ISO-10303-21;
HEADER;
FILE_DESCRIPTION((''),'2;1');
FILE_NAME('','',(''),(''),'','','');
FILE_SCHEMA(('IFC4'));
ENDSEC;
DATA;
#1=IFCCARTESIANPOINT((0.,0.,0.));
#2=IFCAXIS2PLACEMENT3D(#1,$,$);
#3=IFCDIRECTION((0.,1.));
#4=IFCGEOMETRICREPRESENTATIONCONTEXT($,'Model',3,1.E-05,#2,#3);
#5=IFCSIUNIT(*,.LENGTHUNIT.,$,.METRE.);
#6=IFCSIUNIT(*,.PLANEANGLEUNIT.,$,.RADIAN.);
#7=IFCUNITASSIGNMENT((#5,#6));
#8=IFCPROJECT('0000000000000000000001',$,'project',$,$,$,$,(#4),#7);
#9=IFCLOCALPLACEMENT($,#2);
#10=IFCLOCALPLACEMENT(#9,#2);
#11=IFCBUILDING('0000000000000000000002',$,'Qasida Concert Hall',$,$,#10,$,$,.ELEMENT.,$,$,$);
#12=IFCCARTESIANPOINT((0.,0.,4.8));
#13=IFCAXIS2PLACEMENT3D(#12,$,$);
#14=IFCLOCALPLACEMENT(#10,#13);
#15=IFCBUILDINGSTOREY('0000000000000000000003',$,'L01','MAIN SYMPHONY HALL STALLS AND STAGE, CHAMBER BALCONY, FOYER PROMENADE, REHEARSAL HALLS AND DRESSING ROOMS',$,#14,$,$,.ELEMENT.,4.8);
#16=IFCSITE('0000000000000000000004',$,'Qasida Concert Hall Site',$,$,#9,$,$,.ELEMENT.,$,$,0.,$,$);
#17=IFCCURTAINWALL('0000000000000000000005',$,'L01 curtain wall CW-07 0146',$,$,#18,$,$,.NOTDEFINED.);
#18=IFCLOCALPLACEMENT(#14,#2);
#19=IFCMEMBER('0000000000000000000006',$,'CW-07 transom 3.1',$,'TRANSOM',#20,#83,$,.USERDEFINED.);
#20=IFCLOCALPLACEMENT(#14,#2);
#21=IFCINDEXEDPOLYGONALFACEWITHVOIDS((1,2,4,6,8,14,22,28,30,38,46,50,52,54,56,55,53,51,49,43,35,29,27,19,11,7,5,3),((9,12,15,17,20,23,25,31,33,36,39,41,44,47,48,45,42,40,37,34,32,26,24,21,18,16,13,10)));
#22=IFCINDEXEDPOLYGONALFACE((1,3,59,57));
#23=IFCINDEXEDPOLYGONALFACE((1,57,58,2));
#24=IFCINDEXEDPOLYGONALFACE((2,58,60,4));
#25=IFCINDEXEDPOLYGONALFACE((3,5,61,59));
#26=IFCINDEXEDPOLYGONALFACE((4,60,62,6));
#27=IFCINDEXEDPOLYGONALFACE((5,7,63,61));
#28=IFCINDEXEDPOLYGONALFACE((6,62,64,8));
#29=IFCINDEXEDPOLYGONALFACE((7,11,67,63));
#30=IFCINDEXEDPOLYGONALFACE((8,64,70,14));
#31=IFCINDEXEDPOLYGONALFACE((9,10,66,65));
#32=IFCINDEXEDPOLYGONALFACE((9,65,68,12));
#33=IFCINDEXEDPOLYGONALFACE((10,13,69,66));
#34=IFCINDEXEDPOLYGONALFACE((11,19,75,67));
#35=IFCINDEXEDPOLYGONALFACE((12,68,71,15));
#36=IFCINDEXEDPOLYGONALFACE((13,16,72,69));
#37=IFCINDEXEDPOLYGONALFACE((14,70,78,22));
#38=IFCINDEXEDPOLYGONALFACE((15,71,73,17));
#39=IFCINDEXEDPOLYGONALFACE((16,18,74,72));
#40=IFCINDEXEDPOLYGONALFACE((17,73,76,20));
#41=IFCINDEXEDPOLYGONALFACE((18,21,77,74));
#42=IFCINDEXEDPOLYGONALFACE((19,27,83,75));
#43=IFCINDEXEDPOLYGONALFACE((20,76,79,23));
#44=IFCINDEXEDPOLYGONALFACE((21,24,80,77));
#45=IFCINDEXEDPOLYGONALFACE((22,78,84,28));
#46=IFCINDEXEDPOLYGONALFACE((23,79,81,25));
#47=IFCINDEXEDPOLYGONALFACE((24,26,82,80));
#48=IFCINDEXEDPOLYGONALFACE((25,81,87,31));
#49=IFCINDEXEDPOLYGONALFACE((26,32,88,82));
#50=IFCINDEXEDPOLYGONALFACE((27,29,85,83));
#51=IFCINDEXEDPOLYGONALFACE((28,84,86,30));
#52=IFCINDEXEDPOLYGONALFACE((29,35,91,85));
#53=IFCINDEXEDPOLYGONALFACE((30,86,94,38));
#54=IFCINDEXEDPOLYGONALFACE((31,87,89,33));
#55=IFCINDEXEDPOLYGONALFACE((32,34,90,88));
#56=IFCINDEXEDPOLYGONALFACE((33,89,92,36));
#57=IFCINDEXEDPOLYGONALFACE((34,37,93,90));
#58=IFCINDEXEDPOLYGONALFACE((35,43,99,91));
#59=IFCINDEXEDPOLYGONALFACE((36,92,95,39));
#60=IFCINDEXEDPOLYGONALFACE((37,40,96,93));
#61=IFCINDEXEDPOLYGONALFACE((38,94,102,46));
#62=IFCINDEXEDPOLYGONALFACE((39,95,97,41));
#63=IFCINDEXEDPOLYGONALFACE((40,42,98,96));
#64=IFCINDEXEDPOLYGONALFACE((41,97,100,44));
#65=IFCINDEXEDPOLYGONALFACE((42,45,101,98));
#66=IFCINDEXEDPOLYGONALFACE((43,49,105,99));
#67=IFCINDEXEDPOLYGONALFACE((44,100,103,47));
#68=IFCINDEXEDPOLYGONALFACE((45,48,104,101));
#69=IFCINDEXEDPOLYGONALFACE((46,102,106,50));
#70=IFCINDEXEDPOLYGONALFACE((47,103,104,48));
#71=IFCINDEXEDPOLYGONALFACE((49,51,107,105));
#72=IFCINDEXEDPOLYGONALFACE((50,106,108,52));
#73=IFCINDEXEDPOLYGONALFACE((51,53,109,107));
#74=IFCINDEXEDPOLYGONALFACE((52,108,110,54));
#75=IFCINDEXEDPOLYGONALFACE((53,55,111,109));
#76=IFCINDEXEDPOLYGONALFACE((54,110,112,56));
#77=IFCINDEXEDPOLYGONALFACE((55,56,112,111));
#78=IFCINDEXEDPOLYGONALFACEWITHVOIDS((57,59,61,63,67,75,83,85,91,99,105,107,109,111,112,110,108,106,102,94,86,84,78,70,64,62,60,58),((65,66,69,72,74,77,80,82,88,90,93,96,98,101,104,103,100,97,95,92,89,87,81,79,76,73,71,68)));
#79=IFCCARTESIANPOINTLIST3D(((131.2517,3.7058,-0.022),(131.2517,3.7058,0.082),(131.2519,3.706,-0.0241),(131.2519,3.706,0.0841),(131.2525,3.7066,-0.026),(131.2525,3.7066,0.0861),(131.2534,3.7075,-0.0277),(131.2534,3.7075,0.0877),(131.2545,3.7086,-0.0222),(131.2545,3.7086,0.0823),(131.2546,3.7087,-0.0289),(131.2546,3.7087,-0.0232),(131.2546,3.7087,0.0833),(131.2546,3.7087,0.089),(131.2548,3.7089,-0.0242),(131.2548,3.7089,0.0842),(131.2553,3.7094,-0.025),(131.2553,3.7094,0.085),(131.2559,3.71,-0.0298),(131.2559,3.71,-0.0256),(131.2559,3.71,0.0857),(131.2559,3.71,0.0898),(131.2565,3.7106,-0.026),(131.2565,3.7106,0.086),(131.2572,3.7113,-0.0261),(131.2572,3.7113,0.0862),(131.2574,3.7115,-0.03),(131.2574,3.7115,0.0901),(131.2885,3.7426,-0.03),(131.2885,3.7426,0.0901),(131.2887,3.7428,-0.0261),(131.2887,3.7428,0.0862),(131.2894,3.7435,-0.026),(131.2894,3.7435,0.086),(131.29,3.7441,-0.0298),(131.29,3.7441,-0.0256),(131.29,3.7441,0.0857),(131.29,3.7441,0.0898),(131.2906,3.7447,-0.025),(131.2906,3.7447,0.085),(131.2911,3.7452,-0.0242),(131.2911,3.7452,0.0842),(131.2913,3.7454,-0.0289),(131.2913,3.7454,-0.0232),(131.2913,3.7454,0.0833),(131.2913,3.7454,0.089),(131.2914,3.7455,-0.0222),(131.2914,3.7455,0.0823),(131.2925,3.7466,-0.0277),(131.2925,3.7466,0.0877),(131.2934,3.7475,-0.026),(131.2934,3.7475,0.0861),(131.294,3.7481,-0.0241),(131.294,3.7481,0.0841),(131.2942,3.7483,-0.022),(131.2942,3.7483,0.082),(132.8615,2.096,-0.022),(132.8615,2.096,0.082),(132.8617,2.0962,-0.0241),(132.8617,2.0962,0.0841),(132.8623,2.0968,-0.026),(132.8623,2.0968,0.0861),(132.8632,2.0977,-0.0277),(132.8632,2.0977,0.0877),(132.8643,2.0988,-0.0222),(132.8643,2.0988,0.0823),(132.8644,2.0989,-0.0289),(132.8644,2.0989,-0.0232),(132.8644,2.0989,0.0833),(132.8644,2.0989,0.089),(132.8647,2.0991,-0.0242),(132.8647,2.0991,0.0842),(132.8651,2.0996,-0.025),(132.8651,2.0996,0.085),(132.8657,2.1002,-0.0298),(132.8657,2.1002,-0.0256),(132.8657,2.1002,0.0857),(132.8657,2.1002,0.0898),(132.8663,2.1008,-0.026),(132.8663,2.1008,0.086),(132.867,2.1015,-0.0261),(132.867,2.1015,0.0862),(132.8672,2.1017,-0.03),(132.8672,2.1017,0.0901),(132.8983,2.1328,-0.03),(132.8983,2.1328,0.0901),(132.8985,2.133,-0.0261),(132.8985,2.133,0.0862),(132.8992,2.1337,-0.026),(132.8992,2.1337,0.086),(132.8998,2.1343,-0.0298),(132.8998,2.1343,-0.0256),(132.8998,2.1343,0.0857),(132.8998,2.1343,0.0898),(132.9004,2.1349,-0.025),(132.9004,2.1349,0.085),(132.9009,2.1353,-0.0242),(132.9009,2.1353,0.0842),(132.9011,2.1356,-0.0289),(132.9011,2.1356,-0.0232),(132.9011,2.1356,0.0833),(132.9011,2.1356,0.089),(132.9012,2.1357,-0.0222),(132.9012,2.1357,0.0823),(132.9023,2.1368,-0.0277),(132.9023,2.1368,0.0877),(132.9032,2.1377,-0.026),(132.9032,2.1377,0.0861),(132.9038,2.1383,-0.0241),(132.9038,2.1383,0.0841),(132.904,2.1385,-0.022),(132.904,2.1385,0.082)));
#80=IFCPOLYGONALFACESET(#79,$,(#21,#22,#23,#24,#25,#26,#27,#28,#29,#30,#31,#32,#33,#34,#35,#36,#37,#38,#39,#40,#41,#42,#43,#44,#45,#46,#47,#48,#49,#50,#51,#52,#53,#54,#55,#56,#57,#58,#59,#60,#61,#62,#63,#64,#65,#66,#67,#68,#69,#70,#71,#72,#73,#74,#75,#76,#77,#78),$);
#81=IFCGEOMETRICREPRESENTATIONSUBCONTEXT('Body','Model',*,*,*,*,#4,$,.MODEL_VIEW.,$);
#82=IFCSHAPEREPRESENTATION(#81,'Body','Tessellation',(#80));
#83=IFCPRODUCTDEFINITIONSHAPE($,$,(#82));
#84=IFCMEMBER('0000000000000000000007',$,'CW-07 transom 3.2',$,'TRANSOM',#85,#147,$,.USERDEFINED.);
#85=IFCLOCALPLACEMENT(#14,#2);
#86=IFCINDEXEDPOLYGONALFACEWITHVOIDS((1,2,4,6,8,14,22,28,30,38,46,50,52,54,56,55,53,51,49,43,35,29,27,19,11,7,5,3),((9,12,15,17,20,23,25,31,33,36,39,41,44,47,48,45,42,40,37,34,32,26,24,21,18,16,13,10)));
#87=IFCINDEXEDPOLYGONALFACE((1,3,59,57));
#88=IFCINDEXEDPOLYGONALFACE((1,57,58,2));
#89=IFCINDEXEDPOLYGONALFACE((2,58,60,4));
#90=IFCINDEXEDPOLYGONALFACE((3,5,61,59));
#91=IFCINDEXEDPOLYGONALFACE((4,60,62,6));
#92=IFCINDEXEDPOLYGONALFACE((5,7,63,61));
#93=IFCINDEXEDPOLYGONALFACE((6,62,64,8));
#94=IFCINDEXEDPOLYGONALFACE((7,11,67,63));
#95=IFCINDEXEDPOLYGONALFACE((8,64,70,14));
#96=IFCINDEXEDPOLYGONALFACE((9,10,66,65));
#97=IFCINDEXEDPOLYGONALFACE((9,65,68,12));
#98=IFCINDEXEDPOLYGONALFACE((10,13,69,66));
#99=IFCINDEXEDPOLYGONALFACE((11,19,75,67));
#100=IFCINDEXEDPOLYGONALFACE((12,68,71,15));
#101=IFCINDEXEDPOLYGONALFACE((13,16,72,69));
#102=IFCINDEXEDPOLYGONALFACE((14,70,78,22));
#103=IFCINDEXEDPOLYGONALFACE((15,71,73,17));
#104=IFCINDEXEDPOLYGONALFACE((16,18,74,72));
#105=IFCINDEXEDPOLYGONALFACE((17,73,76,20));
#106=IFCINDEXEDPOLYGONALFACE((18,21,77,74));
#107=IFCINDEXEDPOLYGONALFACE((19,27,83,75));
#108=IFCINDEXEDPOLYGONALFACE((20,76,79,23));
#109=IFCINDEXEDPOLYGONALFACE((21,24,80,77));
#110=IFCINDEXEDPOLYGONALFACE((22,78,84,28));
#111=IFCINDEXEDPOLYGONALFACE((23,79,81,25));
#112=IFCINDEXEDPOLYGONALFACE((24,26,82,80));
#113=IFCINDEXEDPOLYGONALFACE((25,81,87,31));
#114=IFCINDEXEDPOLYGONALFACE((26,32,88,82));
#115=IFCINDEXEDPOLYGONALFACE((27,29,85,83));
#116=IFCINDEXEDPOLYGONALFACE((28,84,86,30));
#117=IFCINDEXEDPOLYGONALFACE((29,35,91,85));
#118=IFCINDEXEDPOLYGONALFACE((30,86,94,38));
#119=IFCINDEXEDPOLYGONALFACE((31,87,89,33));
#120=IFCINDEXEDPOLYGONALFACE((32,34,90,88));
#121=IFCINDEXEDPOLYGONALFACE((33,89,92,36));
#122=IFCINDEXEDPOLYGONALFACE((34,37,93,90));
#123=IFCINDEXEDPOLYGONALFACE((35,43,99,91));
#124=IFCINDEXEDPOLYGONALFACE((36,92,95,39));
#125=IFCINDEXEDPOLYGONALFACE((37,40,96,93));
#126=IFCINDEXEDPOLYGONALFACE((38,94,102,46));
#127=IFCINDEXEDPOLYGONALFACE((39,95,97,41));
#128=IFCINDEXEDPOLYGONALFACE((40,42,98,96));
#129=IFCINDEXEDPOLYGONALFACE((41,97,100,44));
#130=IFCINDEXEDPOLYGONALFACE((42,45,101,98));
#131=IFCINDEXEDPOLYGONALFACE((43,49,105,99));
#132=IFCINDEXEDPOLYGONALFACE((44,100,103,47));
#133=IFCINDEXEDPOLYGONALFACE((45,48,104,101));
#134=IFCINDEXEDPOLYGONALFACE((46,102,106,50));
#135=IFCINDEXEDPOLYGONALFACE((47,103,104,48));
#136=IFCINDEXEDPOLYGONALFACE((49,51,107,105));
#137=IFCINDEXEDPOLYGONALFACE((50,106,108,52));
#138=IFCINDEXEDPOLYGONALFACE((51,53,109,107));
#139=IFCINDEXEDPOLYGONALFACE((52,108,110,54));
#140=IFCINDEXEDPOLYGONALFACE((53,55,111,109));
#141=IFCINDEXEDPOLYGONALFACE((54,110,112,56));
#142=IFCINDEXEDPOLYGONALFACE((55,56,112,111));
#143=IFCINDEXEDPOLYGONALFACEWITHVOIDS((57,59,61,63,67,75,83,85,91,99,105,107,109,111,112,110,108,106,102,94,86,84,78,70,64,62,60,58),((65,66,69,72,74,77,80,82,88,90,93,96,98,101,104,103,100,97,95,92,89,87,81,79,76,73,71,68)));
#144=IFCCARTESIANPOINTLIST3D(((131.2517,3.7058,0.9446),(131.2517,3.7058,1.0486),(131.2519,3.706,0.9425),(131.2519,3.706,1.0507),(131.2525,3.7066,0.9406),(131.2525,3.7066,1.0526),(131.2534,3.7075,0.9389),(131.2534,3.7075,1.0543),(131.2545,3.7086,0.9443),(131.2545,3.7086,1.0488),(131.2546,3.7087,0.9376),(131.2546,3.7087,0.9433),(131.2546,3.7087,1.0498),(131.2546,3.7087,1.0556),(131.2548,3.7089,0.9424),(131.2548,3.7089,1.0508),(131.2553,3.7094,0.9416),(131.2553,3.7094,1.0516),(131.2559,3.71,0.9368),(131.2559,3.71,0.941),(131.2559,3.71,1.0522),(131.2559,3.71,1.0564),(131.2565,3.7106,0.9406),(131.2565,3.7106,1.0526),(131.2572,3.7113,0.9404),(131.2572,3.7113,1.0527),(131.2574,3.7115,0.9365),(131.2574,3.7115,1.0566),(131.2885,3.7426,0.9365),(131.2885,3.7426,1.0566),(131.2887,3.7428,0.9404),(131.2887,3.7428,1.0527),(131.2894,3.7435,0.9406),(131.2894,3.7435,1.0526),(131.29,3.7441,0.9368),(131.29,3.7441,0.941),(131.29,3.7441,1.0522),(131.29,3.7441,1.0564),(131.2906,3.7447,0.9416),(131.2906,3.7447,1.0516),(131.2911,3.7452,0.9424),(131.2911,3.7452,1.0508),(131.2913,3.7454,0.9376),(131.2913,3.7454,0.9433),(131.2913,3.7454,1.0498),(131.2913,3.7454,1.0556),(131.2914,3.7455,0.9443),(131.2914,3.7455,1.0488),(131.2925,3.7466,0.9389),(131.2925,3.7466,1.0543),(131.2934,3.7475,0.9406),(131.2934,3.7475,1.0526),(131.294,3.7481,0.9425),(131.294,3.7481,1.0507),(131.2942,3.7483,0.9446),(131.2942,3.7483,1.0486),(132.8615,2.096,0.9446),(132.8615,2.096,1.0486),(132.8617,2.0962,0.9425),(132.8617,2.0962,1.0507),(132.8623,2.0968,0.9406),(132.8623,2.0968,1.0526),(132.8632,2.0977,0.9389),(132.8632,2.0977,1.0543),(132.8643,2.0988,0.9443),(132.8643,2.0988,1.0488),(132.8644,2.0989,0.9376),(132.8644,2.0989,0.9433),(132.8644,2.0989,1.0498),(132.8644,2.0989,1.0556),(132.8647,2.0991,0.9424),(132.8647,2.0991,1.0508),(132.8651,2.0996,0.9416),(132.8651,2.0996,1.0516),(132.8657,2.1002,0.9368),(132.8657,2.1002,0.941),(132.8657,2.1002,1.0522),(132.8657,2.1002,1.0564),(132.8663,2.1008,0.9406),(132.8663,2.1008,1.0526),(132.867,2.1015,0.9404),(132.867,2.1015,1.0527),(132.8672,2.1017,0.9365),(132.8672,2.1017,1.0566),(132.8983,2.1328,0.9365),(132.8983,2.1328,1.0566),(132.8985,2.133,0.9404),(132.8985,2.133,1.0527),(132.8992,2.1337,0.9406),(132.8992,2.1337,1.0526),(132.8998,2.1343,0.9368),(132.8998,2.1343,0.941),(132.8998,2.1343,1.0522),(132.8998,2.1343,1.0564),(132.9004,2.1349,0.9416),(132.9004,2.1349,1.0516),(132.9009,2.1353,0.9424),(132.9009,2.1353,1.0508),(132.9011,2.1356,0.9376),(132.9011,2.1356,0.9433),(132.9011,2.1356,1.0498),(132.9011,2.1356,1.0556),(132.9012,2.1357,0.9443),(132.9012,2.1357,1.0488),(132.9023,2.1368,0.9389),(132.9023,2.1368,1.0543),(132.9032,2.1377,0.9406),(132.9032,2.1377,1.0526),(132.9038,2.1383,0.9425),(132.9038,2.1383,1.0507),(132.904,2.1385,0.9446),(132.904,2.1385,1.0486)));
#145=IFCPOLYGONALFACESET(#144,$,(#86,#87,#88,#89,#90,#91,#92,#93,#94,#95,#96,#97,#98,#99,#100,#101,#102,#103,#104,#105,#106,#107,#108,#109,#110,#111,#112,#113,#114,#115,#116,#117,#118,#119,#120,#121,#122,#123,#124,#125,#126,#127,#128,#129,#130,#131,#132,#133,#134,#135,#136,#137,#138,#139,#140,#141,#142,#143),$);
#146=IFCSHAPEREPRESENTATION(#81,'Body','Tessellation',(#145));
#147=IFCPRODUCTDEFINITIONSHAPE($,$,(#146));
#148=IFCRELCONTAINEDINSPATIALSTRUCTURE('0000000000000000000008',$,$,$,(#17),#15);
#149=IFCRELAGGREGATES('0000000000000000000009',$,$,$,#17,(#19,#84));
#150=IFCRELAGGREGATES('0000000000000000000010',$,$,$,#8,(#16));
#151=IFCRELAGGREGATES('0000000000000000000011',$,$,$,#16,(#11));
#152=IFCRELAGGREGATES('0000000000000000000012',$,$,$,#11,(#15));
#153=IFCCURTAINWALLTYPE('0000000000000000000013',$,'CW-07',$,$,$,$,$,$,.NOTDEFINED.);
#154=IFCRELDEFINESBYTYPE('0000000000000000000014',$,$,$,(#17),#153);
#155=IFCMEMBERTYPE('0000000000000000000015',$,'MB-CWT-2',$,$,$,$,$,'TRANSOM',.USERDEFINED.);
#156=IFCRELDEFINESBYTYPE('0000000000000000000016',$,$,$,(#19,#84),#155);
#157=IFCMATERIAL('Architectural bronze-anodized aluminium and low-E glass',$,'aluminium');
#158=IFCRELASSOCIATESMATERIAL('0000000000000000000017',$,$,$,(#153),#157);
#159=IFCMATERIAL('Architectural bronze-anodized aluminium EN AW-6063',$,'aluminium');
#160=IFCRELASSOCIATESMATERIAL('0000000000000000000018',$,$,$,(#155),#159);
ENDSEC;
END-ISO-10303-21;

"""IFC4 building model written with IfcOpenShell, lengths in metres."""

from ifc_helpers import new_model, si_unit, direction, frame, origin, origin_2d, place, context, subcontext, project, spatial, hollow_rectangle, extrude, material, material_profile, profile_set, type_object, element, aggregate, save


model = new_model("IFC4")

# Units and contexts
model_context = context("Model", 3, precision=1e-05, world=origin(), true_north=direction((0.0, 1.0)))
body_context = subcontext(model_context, "Body", "Model", "MODEL_VIEW")
ifc_project = project(units=[si_unit("LENGTHUNIT", "METRE"), si_unit("PLANEANGLEUNIT", "RADIAN")], contexts=[model_context])

# Site, building, storey
site_placement = place(None, origin())
site = spatial("IfcSite", under=ifc_project, at=site_placement, Name="Qasida Concert Hall Site", CompositionType="ELEMENT", RefElevation=0.0)
building_placement = place(site_placement, origin())
building = spatial("IfcBuilding", under=site, at=building_placement, Name="Qasida Concert Hall", CompositionType="ELEMENT")
storey_placement = place(building_placement, frame((0.0, 0.0, 4.8)))
storey = spatial("IfcBuildingStorey", under=building, at=storey_placement, Name="L01", Description="MAIN SYMPHONY HALL STALLS AND STAGE, CHAMBER BALCONY, FOYER PROMENADE, REHEARSAL HALLS AND DRESSING ROOMS", CompositionType="ELEMENT", Elevation=4.8)

# Curtain wall, members
ifc_material_1 = material(Name="Architectural bronze-anodized aluminium and low-E glass", Category="aluminium")
curtain_wall_type = type_object("IfcCurtainWallType", Name="CW-07", PredefinedType="NOTDEFINED", material=ifc_material_1)
curtain_wall_placement = place(storey_placement, origin())
curtain_wall = element("IfcCurtainWall", 1, at=curtain_wall_placement, inside=storey, type_object=curtain_wall_type, Name="L01 curtain wall CW-07 0146", PredefinedType="NOTDEFINED")
ifc_material_2 = material(Name="Architectural bronze-anodized aluminium EN AW-6063", Category="aluminium")
ifc_material_profile_1 = material_profile(ifc_material_2, hollow_rectangle(XDim=0.0601, YDim=0.1201, WallThickness=0.0039, InnerFilletRadius=0.0039, OuterFilletRadius=0.0081, at=origin_2d()), Name="CWT 120x60x4")
ifc_profile_set_1 = profile_set([ifc_material_profile_1], Name="Architectural bronze-anodized aluminium EN AW-6063")
member_type_1 = type_object("IfcMemberType", Name="MB-CWT-2", ElementType="TRANSOM", PredefinedType="USERDEFINED", material=ifc_profile_set_1)
member_1_placement = place(storey_placement, frame((131.2729, 3.7271, 0.03), z_axis=(0.707107, -0.707107, 0.0), x_axis=(0.707107, 0.707107, 0.0)))
member_1 = element("IfcMember", 2, at=member_1_placement, type_object=member_type_1, Name="CW-07 transom 3.1", ObjectType="TRANSOM", PredefinedType="USERDEFINED", context=body_context, shape_type="SweptSolid", body=[
    extrude(hollow_rectangle(XDim=0.0601, YDim=0.1201, WallThickness=0.0039, InnerFilletRadius=0.0039, OuterFilletRadius=0.0081, at=origin_2d()), origin(), (0.0, 0.0, 1.0), 2.2766),
])
member_2_placement = place(storey_placement, frame((131.2729, 3.7271, 0.9966), z_axis=(0.707107, -0.707107, 0.0), x_axis=(0.707107, 0.707107, 0.0)))
member_2 = element("IfcMember", 3, at=member_2_placement, type_object=member_type_1, Name="CW-07 transom 3.2", ObjectType="TRANSOM", PredefinedType="USERDEFINED", context=body_context, shape_type="SweptSolid", body=[
    extrude(hollow_rectangle(XDim=0.0601, YDim=0.1201, WallThickness=0.0039, InnerFilletRadius=0.0039, OuterFilletRadius=0.0081, at=origin_2d()), origin(), (0.0, 0.0, 1.0), 2.2766),
])
aggregate(curtain_wall, [member_1, member_2])

save(model, "model.ifc")
